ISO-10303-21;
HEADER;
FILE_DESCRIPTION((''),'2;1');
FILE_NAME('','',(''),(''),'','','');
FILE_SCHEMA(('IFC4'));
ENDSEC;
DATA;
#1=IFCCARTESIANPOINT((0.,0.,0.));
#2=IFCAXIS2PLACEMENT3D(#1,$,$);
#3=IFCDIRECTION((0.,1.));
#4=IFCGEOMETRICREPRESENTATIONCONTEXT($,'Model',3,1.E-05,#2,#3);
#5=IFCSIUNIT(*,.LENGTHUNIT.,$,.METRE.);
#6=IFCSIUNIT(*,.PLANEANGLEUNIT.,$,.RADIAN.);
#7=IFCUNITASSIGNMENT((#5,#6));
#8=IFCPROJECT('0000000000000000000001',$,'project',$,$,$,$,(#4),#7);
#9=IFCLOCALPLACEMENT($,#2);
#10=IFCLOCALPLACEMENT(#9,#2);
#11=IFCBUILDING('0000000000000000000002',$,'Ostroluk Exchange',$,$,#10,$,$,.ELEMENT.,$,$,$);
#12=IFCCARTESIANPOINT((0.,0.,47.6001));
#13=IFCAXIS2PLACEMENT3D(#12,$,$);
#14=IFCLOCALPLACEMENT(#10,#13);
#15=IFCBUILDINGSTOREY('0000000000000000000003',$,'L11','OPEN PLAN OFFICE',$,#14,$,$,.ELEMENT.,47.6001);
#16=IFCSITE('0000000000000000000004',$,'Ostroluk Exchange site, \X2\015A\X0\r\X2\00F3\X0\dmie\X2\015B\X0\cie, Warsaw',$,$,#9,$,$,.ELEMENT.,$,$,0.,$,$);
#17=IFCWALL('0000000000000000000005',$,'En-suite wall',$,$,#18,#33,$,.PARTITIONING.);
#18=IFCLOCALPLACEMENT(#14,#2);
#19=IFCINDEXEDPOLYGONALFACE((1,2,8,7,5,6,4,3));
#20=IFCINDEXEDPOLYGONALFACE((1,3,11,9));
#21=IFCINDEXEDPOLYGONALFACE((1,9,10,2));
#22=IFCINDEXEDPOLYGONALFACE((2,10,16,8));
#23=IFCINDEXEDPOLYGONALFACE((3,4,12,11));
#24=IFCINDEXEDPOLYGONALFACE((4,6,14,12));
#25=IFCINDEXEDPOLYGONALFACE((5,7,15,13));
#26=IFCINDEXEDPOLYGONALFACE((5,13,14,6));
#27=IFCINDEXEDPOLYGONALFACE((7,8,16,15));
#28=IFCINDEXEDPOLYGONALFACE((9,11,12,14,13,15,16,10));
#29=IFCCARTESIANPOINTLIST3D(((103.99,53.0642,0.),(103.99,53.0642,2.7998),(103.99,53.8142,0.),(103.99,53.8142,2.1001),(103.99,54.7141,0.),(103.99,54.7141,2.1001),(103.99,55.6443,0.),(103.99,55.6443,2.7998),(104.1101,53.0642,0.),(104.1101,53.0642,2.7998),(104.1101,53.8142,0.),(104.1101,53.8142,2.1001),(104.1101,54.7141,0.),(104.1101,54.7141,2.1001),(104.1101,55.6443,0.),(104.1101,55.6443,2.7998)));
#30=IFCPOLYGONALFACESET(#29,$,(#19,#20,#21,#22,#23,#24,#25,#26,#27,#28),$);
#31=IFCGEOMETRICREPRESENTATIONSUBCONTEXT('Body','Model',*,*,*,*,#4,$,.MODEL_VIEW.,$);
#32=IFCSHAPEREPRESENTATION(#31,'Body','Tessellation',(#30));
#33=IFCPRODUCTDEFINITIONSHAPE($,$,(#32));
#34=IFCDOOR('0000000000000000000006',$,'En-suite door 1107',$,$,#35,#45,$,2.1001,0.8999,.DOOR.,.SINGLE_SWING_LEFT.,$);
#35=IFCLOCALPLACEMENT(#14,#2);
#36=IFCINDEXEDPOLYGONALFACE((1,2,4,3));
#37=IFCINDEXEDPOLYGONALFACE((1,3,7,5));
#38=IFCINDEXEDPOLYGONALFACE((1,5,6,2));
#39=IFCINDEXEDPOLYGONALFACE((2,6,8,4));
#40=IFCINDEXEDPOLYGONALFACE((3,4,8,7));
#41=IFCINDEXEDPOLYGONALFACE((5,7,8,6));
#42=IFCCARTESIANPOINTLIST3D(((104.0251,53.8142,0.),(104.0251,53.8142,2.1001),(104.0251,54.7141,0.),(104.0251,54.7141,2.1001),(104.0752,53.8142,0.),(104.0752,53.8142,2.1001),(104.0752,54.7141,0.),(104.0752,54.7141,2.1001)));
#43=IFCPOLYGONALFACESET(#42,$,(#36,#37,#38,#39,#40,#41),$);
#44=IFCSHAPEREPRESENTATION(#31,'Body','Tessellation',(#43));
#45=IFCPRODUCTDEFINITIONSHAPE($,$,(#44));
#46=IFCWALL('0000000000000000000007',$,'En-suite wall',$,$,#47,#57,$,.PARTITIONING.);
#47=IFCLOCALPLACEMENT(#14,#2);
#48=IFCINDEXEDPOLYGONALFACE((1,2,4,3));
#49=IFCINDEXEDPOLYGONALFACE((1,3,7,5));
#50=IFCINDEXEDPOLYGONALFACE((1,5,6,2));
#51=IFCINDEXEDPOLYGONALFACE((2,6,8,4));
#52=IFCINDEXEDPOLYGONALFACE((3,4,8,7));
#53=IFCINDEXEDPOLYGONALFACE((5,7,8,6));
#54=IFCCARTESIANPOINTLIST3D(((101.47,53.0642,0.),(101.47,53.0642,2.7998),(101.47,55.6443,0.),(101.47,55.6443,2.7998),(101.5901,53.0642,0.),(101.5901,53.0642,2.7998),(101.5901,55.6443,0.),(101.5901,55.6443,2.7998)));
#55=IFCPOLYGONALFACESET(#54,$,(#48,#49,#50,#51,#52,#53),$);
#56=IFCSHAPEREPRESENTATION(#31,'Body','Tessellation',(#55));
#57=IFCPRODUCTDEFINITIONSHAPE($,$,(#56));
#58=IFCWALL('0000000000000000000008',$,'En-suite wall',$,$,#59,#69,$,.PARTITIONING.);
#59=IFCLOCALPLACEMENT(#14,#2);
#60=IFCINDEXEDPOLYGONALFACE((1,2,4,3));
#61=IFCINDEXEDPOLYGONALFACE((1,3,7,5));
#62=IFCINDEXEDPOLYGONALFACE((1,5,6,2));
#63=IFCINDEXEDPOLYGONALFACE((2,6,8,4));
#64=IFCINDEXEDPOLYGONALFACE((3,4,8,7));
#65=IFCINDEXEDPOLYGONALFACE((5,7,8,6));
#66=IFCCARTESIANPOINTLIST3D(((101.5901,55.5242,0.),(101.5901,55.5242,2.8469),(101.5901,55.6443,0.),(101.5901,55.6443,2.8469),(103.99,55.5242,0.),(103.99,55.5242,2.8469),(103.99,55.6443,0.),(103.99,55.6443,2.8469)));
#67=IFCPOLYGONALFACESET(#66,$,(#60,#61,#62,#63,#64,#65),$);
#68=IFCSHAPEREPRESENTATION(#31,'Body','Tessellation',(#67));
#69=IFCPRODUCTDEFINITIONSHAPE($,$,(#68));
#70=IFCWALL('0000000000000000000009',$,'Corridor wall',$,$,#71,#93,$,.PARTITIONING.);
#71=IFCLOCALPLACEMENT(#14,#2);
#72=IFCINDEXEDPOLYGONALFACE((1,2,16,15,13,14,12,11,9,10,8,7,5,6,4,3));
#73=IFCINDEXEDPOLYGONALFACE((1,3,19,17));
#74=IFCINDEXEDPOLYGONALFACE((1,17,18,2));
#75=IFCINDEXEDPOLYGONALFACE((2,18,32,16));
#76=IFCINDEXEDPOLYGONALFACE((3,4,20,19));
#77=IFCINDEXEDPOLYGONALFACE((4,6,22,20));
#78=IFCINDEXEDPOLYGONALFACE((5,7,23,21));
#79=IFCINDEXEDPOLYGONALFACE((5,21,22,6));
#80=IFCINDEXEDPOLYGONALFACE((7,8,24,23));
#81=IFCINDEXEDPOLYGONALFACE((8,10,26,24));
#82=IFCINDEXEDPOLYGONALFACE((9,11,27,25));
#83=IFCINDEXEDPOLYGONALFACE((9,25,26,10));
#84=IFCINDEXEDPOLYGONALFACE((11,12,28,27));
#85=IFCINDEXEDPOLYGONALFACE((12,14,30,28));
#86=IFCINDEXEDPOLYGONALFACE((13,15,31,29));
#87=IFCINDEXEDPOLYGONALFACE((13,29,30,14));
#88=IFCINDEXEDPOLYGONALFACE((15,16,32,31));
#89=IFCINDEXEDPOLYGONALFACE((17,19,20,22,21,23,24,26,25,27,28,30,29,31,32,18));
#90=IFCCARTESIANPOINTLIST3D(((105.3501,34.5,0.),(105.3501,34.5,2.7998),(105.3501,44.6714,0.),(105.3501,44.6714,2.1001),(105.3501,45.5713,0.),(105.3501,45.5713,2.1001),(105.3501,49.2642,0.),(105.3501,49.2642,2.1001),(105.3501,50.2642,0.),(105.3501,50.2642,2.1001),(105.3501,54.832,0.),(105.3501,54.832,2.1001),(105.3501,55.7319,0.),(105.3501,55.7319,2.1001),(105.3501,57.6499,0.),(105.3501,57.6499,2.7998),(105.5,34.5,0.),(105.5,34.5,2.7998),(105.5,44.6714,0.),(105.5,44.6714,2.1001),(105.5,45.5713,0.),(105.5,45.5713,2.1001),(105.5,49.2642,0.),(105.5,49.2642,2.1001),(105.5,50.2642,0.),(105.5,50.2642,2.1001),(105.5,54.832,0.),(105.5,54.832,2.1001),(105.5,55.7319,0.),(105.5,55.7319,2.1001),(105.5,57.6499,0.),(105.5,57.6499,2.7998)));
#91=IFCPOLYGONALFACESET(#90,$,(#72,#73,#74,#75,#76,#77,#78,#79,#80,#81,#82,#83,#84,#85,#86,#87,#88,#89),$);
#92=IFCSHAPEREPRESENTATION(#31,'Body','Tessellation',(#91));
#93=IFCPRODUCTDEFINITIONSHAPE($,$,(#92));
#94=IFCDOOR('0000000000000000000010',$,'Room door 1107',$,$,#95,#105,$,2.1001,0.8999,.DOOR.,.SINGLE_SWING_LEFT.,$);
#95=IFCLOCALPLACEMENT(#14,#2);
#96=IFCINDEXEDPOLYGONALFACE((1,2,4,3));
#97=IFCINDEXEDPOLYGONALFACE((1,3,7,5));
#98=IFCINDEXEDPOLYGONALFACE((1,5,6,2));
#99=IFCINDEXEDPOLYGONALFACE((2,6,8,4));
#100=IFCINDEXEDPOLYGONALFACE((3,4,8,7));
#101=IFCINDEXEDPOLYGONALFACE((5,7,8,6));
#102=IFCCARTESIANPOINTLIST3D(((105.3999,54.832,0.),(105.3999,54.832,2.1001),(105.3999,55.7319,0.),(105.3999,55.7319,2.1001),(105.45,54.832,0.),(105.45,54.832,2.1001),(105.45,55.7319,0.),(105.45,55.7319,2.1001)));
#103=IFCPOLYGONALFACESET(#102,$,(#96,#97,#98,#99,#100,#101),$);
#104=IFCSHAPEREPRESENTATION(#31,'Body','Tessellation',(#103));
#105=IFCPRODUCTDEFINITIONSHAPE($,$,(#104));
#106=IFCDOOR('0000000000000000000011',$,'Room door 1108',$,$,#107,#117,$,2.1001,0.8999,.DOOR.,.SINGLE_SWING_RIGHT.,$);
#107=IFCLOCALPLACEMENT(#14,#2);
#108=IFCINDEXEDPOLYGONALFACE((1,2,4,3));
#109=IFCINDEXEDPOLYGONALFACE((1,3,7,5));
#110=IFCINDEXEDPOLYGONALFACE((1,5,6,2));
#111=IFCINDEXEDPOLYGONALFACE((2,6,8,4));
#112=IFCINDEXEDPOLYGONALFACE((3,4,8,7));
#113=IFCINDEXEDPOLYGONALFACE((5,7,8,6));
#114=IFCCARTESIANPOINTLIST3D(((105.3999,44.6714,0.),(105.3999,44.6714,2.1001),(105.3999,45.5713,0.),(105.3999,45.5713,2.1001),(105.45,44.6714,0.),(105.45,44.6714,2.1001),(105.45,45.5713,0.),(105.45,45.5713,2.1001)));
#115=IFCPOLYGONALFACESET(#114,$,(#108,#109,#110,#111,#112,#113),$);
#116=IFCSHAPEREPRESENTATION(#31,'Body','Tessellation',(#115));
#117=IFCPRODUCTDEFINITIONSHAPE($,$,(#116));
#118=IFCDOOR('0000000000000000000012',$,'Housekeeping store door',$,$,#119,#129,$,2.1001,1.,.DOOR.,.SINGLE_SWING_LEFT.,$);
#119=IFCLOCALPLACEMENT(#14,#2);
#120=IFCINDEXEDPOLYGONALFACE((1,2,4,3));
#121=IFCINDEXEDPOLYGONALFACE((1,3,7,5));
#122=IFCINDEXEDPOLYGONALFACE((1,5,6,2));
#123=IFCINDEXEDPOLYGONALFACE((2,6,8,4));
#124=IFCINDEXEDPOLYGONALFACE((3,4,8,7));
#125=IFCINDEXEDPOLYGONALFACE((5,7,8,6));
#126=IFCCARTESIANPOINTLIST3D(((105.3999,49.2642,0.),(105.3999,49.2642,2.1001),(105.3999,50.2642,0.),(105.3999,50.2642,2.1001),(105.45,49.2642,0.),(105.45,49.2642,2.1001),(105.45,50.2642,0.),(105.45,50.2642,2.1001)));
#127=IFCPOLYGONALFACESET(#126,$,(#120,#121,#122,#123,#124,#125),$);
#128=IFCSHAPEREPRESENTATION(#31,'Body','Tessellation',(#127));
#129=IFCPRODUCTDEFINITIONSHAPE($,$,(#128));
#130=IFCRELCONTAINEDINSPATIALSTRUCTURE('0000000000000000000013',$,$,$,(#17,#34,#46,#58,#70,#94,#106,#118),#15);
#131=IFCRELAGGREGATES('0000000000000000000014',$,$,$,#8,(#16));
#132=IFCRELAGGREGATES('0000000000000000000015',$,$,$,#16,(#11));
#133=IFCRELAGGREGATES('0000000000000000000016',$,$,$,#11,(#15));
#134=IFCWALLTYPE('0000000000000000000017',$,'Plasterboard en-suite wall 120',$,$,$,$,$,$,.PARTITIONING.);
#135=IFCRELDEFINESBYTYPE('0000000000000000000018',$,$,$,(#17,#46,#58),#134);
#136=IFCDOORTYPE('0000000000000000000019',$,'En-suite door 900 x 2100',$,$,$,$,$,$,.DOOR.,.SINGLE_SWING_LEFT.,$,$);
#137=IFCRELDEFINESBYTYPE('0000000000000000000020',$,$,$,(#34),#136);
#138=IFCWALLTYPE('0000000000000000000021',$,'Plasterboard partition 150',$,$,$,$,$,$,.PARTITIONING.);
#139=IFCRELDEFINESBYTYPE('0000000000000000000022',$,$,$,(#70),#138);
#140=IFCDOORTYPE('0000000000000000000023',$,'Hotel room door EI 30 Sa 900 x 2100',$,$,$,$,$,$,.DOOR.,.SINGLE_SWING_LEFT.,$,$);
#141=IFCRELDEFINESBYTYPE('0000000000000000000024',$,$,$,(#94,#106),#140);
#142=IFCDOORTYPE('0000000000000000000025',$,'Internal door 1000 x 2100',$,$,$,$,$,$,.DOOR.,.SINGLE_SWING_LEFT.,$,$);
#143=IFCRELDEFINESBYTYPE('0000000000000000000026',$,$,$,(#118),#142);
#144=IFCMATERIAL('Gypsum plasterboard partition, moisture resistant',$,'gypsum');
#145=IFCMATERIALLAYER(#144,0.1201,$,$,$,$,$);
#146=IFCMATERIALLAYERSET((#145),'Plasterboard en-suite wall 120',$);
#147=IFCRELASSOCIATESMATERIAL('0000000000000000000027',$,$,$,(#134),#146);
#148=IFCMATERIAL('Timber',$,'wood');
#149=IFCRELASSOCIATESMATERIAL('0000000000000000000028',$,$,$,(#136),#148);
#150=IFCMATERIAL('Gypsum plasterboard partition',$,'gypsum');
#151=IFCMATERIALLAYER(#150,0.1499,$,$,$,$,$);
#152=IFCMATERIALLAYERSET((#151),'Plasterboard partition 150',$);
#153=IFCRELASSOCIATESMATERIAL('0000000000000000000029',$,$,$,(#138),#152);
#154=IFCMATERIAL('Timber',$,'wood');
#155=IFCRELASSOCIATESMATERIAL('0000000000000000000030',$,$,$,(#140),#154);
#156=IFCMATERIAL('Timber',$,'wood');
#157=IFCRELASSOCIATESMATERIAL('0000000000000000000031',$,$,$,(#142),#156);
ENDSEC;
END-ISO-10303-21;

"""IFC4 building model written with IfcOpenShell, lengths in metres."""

from ifc_helpers import new_model, si_unit, direction, frame, frame_2d, origin, place, context, subcontext, project, spatial, rectangle, extrude, material, layer, layer_set, type_object, element, fill, save


model = new_model("IFC4")

# Units and contexts
model_context = context("Model", 3, precision=1e-05, world=origin(), true_north=direction((0.0, 1.0)))
body_context = subcontext(model_context, "Body", "Model", "MODEL_VIEW")
ifc_project = project(units=[si_unit("LENGTHUNIT", "METRE"), si_unit("PLANEANGLEUNIT", "RADIAN")], contexts=[model_context])

# Site, building, storey
site_placement = place(None, origin())
site = spatial("IfcSite", under=ifc_project, at=site_placement, Name="Ostroluk Exchange site, Śródmieście, Warsaw", CompositionType="ELEMENT", RefElevation=0.0)
building_placement = place(site_placement, origin())
building = spatial("IfcBuilding", under=site, at=building_placement, Name="Ostroluk Exchange", CompositionType="ELEMENT")
storey_placement = place(building_placement, frame((0.0, 0.0, 47.6001)))
storey = spatial("IfcBuildingStorey", under=building, at=storey_placement, Name="L11", Description="OPEN PLAN OFFICE", CompositionType="ELEMENT", Elevation=47.6001)

# Wall, opening, door
ifc_material_1 = material(Name="Gypsum plasterboard partition, moisture resistant", Category="gypsum")
ifc_layer_1 = layer(ifc_material_1, 0.1201)
ifc_layer_set_1 = layer_set([ifc_layer_1], Name="Plasterboard en-suite wall 120")
wall_type_1 = type_object("IfcWallType", Name="Plasterboard en-suite wall 120", PredefinedType="PARTITIONING", material=ifc_layer_set_1)
wall_1_placement = place(storey_placement, frame((104.05, 53.0642, 0.0), z_axis=(0.0, 0.0, 1.0), x_axis=(0.0, 1.0, 0.0)))
wall_1 = element("IfcWall", 1, at=wall_1_placement, inside=storey, type_object=wall_type_1, Name="En-suite wall", PredefinedType="PARTITIONING", context=body_context, shape_type="SweptSolid", body=[
    extrude(rectangle(XDim=2.5801, YDim=0.1201, at=frame_2d((1.29, 0.0))), origin(), (0.0, 0.0, 1.0), 2.7998),
])
opening_1_placement = place(wall_1_placement, frame((0.75, 0.0, 0.0)))
opening_1 = element("IfcOpeningElement", 2, at=opening_1_placement, cuts=wall_1, PredefinedType="OPENING", context=body_context, shape_type="SweptSolid", body=[
    extrude(rectangle(XDim=0.8999, YDim=2.1001, at=frame_2d((0.45, 1.05))), frame((0.0, 0.0701, 0.0), z_axis=(0.0, -1.0, 0.0), x_axis=(1.0, 0.0, 0.0)), (0.0, 0.0, 1.0), 0.1401),
])
ifc_material_2 = material(Name="Timber", Category="wood")
door_type_1 = type_object("IfcDoorType", Name="En-suite door 900 x 2100", OperationType="SINGLE_SWING_LEFT", PredefinedType="DOOR", material=ifc_material_2)
door_1_placement = place(opening_1_placement, origin())
door_1 = element("IfcDoor", 3, at=door_1_placement, inside=storey, type_object=door_type_1, Name="En-suite door 1107", OperationType="SINGLE_SWING_LEFT", OverallHeight=2.1001, OverallWidth=0.8999, PredefinedType="DOOR", context=body_context, shape_type="SweptSolid", body=[
    extrude(rectangle(XDim=0.8999, YDim=2.1001, at=frame_2d((0.45, 1.05))), frame((0.0, 0.0249, 0.0), z_axis=(0.0, -1.0, 0.0), x_axis=(1.0, 0.0, 0.0)), (0.0, 0.0, 1.0), 0.05),
])
fill(opening_1, door_1)

# Walls
wall_2_placement = place(storey_placement, frame((101.53, 53.0642, 0.0), z_axis=(0.0, 0.0, 1.0), x_axis=(0.0, 1.0, 0.0)))
element("IfcWall", 4, at=wall_2_placement, inside=storey, type_object=wall_type_1, Name="En-suite wall", PredefinedType="PARTITIONING", context=body_context, shape_type="SweptSolid", body=[
    extrude(rectangle(XDim=2.5801, YDim=0.1201, at=frame_2d((1.29, 0.0))), origin(), (0.0, 0.0, 1.0), 2.7998),
])
wall_3_placement = place(storey_placement, frame((103.99, 55.5842, 0.0), z_axis=(0.0, 0.0, 1.0), x_axis=(-1.0, 0.0, 0.0)))
element("IfcWall", 5, at=wall_3_placement, inside=storey, type_object=wall_type_1, Name="En-suite wall", PredefinedType="PARTITIONING", context=body_context, shape_type="SweptSolid", body=[
    extrude(rectangle(XDim=2.3999, YDim=0.1201, at=frame_2d((1.2, 0.0))), origin(), (0.0, 0.0, 1.0), 2.8469),
])

# Wall, openings, doors
ifc_material_3 = material(Name="Gypsum plasterboard partition", Category="gypsum")
ifc_layer_2 = layer(ifc_material_3, 0.1499)
ifc_layer_set_2 = layer_set([ifc_layer_2], Name="Plasterboard partition 150")
wall_type_2 = type_object("IfcWallType", Name="Plasterboard partition 150", PredefinedType="PARTITIONING", material=ifc_layer_set_2)
wall_4_placement = place(storey_placement, frame((105.425, 57.6499, 0.0), z_axis=(0.0, 0.0, 1.0), x_axis=(0.0, -1.0, 0.0)))
wall_4 = element("IfcWall", 6, at=wall_4_placement, inside=storey, type_object=wall_type_2, Name="Corridor wall", PredefinedType="PARTITIONING", context=body_context, shape_type="SweptSolid", body=[
    extrude(rectangle(XDim=23.1499, YDim=0.1499, at=frame_2d((11.575, 0.0))), origin(), (0.0, 0.0, 1.0), 2.7998),
])
opening_2_placement = place(wall_4_placement, frame((1.918, 0.0, 0.0)))
opening_2 = element("IfcOpeningElement", 7, at=opening_2_placement, cuts=wall_4, PredefinedType="OPENING", context=body_context, shape_type="SweptSolid", body=[
    extrude(rectangle(XDim=0.8999, YDim=2.1001, at=frame_2d((0.45, 1.05))), frame((0.0, 0.085, 0.0), z_axis=(0.0, -1.0, 0.0), x_axis=(1.0, 0.0, 0.0)), (0.0, 0.0, 1.0), 0.1699),
])
opening_3_placement = place(wall_4_placement, frame((7.3857, 0.0, 0.0)))
opening_3 = element("IfcOpeningElement", 8, at=opening_3_placement, cuts=wall_4, PredefinedType="OPENING", context=body_context, shape_type="SweptSolid", body=[
    extrude(rectangle(XDim=1.0, YDim=2.1001, at=frame_2d((0.5, 1.05))), frame((0.0, 0.085, 0.0), z_axis=(0.0, -1.0, 0.0), x_axis=(1.0, 0.0, 0.0)), (0.0, 0.0, 1.0), 0.1699),
])
opening_4_placement = place(wall_4_placement, frame((12.0786, 0.0, 0.0)))
opening_4 = element("IfcOpeningElement", 9, at=opening_4_placement, cuts=wall_4, PredefinedType="OPENING", context=body_context, shape_type="SweptSolid", body=[
    extrude(rectangle(XDim=0.8999, YDim=2.1001, at=frame_2d((0.45, 1.05))), frame((0.0, 0.085, 0.0), z_axis=(0.0, -1.0, 0.0), x_axis=(1.0, 0.0, 0.0)), (0.0, 0.0, 1.0), 0.1699),
])
ifc_material_4 = material(Name="Timber", Category="wood")
door_type_2 = type_object("IfcDoorType", Name="Hotel room door EI 30 Sa 900 x 2100", OperationType="SINGLE_SWING_LEFT", PredefinedType="DOOR", material=ifc_material_4)
door_2_placement = place(opening_2_placement, origin())
door_2 = element("IfcDoor", 10, at=door_2_placement, inside=storey, type_object=door_type_2, Name="Room door 1107", OperationType="SINGLE_SWING_LEFT", OverallHeight=2.1001, OverallWidth=0.8999, PredefinedType="DOOR", context=body_context, shape_type="SweptSolid", body=[
    extrude(rectangle(XDim=0.8999, YDim=2.1001, at=frame_2d((0.45, 1.05))), frame((0.0, 0.0249, 0.0), z_axis=(0.0, -1.0, 0.0), x_axis=(1.0, 0.0, 0.0)), (0.0, 0.0, 1.0), 0.05),
])
fill(opening_2, door_2)
door_3_placement = place(opening_4_placement, origin())
door_3 = element("IfcDoor", 11, at=door_3_placement, inside=storey, type_object=door_type_2, Name="Room door 1108", OperationType="SINGLE_SWING_RIGHT", OverallHeight=2.1001, OverallWidth=0.8999, PredefinedType="DOOR", context=body_context, shape_type="SweptSolid", body=[
    extrude(rectangle(XDim=0.8999, YDim=2.1001, at=frame_2d((0.45, 1.05))), frame((0.0, 0.0249, 0.0), z_axis=(0.0, -1.0, 0.0), x_axis=(1.0, 0.0, 0.0)), (0.0, 0.0, 1.0), 0.05),
])
fill(opening_4, door_3)
ifc_material_5 = material(Name="Timber", Category="wood")
door_type_3 = type_object("IfcDoorType", Name="Internal door 1000 x 2100", OperationType="SINGLE_SWING_LEFT", PredefinedType="DOOR", material=ifc_material_5)
door_4_placement = place(opening_3_placement, origin())
door_4 = element("IfcDoor", 12, at=door_4_placement, inside=storey, type_object=door_type_3, Name="Housekeeping store door", OperationType="SINGLE_SWING_LEFT", OverallHeight=2.1001, OverallWidth=1.0, PredefinedType="DOOR", context=body_context, shape_type="SweptSolid", body=[
    extrude(rectangle(XDim=1.0, YDim=2.1001, at=frame_2d((0.5, 1.05))), frame((0.0, 0.0249, 0.0), z_axis=(0.0, -1.0, 0.0), x_axis=(1.0, 0.0, 0.0)), (0.0, 0.0, 1.0), 0.05),
])
fill(opening_3, door_4)

save(model, "model.ifc")
